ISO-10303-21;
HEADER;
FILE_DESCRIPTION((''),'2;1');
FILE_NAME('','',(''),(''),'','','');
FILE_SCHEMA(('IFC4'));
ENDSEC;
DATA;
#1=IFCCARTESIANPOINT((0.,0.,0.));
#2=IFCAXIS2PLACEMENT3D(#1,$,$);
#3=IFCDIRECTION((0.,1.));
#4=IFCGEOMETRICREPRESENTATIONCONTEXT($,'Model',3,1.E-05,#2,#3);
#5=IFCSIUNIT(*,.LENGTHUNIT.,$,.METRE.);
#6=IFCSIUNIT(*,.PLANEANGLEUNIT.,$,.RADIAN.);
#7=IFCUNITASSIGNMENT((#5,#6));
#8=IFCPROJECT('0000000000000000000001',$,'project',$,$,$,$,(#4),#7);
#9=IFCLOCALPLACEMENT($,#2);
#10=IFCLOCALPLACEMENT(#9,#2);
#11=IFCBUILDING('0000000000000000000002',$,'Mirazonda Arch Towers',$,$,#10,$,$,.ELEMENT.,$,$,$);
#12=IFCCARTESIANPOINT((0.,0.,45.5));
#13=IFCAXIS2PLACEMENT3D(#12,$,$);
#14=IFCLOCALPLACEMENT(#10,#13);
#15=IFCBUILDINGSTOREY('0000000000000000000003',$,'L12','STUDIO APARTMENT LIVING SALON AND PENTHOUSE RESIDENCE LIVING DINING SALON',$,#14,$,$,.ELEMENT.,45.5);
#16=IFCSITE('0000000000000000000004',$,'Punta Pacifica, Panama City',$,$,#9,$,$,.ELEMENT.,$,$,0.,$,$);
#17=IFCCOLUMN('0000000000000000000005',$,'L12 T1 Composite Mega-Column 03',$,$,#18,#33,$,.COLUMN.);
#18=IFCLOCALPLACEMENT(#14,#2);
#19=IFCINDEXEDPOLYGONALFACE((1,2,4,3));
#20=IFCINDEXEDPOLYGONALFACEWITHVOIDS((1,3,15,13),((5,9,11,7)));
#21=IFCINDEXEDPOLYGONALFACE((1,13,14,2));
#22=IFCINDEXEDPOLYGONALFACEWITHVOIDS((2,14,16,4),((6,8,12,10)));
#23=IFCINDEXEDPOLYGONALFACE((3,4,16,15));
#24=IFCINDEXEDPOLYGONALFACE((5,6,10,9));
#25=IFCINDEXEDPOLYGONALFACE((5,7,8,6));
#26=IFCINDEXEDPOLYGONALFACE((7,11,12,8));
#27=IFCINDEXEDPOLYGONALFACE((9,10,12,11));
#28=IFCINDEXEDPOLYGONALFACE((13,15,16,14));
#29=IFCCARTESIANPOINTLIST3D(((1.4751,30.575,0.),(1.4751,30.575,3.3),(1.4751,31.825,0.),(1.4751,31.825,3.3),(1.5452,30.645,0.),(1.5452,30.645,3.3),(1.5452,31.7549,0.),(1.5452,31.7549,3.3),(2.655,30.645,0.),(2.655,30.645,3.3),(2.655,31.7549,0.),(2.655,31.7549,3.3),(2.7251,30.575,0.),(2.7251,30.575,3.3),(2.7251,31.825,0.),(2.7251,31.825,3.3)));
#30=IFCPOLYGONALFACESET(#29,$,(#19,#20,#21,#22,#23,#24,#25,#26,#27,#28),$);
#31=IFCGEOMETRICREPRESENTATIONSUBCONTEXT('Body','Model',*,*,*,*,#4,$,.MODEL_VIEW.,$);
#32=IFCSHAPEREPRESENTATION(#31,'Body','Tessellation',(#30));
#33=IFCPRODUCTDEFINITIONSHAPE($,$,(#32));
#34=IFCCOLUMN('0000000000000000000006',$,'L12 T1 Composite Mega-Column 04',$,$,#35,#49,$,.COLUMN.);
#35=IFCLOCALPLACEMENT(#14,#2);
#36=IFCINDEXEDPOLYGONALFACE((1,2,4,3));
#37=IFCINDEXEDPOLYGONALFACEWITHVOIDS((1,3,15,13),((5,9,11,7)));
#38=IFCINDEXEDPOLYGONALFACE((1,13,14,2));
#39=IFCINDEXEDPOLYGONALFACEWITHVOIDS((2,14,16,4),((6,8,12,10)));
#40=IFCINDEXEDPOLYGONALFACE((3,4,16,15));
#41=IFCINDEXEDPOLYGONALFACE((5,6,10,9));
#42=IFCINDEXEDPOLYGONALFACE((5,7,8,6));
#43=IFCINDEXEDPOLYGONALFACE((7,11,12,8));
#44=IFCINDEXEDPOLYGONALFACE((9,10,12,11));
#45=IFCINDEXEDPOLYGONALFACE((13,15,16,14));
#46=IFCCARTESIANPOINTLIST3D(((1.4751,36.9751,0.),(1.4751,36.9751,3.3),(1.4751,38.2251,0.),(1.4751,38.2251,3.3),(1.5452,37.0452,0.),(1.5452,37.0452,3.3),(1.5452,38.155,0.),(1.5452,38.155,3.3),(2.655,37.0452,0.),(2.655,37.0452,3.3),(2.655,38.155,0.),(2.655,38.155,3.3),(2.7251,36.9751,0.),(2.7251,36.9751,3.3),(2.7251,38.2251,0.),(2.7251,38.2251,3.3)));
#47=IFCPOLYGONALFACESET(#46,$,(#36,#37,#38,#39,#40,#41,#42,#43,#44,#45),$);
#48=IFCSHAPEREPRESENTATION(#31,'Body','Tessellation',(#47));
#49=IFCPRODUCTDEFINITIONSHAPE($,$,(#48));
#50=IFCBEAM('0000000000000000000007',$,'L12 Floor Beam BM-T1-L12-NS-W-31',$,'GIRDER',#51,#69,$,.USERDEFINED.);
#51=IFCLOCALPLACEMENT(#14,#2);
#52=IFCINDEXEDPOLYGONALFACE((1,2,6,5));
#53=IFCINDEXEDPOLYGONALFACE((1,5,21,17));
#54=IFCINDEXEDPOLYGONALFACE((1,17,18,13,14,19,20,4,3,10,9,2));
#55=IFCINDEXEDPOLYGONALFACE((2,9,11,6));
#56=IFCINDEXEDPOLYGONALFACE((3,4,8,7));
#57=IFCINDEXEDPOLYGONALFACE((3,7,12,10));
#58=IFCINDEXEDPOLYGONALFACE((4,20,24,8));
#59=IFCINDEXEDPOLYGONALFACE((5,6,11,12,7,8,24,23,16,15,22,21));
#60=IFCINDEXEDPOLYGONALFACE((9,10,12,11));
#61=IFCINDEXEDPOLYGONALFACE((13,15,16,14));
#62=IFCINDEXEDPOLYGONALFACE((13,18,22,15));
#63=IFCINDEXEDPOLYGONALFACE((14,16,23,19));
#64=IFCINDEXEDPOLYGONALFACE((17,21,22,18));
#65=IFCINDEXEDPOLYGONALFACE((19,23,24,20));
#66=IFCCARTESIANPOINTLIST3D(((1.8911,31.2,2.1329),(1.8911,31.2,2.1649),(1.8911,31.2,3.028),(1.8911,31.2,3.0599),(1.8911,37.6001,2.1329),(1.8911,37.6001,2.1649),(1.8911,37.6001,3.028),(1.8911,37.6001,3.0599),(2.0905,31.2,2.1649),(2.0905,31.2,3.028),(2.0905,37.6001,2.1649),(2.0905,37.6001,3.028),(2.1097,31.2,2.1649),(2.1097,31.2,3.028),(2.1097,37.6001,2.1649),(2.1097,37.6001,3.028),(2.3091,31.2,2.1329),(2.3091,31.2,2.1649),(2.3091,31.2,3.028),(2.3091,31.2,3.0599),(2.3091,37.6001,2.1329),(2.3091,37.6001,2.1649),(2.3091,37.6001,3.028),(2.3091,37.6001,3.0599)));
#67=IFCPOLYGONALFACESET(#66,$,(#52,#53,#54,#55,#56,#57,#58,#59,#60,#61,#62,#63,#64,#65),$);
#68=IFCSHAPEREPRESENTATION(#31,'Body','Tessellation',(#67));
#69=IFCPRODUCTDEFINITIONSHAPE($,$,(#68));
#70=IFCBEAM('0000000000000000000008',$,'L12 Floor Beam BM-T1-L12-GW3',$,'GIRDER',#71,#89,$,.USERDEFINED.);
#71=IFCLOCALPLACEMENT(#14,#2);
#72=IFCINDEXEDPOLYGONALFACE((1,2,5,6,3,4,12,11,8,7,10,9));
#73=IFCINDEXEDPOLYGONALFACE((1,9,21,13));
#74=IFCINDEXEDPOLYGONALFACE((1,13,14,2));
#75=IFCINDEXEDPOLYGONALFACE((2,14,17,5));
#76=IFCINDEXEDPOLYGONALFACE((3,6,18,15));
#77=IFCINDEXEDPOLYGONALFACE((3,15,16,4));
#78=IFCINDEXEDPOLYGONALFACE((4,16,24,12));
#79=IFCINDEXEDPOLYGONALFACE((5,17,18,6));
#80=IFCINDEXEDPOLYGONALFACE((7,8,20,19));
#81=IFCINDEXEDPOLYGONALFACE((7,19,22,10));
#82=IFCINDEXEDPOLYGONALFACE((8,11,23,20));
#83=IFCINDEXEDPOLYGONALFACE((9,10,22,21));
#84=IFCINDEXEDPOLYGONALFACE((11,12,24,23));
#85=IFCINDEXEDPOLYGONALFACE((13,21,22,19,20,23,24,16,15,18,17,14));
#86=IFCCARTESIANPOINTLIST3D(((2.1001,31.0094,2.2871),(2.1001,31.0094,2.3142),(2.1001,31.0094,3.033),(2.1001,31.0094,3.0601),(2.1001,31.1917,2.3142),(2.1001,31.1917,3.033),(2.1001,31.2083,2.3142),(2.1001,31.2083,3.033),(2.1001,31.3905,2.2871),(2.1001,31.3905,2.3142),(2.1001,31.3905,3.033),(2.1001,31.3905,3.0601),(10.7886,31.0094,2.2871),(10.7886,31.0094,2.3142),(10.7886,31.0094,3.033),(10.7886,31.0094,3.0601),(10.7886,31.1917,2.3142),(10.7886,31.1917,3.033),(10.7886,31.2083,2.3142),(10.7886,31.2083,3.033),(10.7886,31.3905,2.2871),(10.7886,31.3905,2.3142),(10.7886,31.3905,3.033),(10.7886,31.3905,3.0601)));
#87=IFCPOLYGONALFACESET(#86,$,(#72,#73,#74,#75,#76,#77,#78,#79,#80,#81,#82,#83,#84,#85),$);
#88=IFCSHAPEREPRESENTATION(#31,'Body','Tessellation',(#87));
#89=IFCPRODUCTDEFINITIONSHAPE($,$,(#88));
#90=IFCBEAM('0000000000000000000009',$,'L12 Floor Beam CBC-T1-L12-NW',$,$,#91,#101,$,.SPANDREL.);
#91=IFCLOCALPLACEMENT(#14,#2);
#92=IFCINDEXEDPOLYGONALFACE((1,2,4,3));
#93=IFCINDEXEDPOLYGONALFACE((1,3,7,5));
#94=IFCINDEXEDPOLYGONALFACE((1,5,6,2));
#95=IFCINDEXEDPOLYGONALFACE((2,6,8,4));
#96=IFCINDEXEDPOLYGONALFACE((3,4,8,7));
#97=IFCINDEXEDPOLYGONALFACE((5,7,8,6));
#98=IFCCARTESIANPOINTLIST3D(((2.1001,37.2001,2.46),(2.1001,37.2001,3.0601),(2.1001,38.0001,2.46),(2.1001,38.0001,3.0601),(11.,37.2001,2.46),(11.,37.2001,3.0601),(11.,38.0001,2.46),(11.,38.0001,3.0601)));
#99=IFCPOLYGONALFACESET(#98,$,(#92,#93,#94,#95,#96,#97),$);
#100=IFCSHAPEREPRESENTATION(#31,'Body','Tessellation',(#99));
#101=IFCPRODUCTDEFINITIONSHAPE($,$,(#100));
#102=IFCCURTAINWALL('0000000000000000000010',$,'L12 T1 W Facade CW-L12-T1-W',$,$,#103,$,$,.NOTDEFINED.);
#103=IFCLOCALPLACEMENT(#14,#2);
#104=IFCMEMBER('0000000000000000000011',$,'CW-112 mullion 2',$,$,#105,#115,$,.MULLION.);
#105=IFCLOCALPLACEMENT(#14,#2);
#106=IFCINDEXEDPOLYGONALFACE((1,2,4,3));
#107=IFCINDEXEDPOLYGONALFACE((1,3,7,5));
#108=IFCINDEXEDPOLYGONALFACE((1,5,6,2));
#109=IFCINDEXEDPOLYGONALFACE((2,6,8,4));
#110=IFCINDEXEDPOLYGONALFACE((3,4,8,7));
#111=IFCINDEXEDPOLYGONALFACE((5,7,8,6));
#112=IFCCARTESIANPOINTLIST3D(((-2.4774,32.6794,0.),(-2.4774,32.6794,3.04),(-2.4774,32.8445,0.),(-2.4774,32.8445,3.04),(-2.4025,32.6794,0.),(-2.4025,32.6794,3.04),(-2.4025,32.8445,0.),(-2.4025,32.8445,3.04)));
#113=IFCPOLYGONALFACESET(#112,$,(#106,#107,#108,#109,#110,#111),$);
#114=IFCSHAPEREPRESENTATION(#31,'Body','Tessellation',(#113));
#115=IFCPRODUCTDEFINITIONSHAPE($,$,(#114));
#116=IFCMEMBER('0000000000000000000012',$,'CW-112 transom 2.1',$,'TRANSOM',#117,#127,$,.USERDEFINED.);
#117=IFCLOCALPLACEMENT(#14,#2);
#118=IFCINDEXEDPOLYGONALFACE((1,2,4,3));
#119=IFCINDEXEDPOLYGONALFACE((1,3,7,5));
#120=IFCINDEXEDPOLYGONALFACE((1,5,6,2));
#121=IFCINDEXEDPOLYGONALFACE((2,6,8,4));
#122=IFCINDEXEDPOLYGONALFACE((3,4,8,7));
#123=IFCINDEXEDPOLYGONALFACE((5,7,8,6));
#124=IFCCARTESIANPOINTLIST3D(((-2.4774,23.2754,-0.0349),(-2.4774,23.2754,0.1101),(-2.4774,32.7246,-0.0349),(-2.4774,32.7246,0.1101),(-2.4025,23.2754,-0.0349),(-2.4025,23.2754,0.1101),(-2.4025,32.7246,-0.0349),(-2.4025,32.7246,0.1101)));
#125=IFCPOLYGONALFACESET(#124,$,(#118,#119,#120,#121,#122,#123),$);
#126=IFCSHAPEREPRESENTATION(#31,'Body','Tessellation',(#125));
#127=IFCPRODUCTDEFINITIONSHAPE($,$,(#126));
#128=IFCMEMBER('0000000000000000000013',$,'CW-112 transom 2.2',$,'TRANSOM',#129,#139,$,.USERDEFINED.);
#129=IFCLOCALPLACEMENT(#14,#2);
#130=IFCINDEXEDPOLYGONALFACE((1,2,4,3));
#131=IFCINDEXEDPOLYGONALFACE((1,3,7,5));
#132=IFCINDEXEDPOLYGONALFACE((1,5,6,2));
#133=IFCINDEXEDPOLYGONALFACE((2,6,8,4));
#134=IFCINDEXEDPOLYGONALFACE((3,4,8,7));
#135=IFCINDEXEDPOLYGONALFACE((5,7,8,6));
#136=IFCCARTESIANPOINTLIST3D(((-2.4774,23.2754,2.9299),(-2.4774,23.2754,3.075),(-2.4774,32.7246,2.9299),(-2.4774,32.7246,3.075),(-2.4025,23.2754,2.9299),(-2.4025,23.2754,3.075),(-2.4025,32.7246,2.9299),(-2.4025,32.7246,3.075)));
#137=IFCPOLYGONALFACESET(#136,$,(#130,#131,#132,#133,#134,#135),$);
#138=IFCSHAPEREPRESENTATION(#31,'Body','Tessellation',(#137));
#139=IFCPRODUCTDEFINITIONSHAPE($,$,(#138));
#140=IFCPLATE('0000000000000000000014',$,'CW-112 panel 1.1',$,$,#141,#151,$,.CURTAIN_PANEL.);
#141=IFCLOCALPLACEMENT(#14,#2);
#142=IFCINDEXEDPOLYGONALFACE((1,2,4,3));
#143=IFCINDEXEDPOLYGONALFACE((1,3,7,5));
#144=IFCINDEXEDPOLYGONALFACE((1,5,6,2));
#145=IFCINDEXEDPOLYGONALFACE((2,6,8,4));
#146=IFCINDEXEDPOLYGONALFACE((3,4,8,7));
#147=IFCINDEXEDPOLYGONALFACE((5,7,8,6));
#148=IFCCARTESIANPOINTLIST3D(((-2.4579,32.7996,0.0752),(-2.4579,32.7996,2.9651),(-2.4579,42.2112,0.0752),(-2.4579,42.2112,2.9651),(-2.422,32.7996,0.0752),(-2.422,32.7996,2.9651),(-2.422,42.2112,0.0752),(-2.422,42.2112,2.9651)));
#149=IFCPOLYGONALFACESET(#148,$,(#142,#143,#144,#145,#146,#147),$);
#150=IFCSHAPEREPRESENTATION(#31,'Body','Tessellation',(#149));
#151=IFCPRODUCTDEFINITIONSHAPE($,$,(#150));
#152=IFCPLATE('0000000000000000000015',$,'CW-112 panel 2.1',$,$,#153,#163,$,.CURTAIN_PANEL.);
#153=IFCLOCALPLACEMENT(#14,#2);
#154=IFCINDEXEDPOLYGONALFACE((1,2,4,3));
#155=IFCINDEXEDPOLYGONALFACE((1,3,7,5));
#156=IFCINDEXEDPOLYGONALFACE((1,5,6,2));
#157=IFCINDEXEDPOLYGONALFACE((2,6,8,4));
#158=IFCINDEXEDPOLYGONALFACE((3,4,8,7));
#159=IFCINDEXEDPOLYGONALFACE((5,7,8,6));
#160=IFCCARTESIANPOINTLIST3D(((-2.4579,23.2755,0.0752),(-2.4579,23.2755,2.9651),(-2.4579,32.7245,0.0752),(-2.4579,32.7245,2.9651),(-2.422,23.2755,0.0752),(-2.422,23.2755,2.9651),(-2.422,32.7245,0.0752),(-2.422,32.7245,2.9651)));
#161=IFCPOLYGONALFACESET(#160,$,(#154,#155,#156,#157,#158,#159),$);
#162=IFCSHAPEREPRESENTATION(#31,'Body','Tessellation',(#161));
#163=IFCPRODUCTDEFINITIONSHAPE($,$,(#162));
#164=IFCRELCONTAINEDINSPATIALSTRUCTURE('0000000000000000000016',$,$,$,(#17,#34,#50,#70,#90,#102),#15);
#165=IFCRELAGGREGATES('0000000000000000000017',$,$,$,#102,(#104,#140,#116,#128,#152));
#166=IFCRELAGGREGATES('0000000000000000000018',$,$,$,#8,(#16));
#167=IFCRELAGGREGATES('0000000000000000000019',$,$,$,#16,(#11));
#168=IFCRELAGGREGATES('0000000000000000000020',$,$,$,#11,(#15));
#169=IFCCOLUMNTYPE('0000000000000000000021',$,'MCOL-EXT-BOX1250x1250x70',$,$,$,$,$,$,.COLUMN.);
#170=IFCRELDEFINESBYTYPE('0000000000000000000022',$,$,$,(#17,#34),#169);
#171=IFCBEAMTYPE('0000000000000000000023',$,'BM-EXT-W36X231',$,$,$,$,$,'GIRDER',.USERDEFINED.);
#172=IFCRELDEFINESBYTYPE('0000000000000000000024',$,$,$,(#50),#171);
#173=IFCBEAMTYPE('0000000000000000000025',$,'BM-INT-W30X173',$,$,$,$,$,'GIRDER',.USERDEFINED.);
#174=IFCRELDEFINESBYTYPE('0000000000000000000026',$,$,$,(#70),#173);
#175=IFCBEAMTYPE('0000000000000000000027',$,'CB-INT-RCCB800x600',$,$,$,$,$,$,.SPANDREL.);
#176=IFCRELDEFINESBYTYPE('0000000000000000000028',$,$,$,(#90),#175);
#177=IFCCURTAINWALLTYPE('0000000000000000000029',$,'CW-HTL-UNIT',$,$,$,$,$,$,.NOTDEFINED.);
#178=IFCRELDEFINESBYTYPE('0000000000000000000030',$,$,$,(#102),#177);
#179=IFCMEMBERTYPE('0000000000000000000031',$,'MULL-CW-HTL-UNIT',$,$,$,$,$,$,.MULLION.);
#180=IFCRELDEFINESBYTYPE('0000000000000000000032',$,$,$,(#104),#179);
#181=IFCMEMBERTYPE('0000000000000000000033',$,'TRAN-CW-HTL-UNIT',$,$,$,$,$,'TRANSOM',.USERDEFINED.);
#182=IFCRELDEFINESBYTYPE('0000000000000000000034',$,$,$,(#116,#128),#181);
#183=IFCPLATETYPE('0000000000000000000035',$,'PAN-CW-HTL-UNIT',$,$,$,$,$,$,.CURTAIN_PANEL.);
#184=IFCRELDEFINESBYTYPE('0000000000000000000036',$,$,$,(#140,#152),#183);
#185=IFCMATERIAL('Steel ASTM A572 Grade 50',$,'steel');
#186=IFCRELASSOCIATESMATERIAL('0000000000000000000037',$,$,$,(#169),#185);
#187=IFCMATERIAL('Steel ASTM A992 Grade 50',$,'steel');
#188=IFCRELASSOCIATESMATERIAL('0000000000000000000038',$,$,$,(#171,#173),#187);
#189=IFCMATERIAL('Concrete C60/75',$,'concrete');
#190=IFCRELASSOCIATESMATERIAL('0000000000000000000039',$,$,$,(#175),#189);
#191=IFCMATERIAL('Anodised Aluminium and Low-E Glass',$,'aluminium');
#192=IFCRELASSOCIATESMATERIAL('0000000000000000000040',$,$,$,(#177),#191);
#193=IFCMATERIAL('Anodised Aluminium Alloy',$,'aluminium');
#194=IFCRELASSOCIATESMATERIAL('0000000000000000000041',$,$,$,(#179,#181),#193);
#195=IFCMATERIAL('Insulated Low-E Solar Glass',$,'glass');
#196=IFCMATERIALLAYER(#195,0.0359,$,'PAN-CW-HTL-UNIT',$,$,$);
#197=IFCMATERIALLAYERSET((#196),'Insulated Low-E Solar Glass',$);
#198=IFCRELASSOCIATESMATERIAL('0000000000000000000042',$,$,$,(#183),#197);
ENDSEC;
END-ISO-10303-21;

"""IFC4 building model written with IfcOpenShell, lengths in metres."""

from ifc_helpers import new_model, si_unit, direction, frame, origin, origin_2d, place, context, subcontext, project, spatial, rectangle, hollow_rectangle, i_section, extrude, material, layer, layer_set, material_profile, profile_set, type_object, element, aggregate, save


model = new_model("IFC4")

# Units and contexts
model_context = context("Model", 3, precision=1e-05, world=origin(), true_north=direction((0.0, 1.0)))
body_context = subcontext(model_context, "Body", "Model", "MODEL_VIEW")
ifc_project = project(units=[si_unit("LENGTHUNIT", "METRE"), si_unit("PLANEANGLEUNIT", "RADIAN")], contexts=[model_context])

# Site, building, storey
site_placement = place(None, origin())
site = spatial("IfcSite", under=ifc_project, at=site_placement, Name="Punta Pacifica, Panama City", CompositionType="ELEMENT", RefElevation=0.0)
building_placement = place(site_placement, origin())
building = spatial("IfcBuilding", under=site, at=building_placement, Name="Mirazonda Arch Towers", CompositionType="ELEMENT")
storey_placement = place(building_placement, frame((0.0, 0.0, 45.5)))
storey = spatial("IfcBuildingStorey", under=building, at=storey_placement, Name="L12", Description="STUDIO APARTMENT LIVING SALON AND PENTHOUSE RESIDENCE LIVING DINING SALON", CompositionType="ELEMENT", Elevation=45.5)

# Columns
ifc_material_1 = material(Name="Steel ASTM A572 Grade 50", Category="steel")
ifc_material_profile_1 = material_profile(ifc_material_1, hollow_rectangle(XDim=1.25, YDim=1.25, WallThickness=0.0701, at=origin_2d()), Name="BOX1250x1250x70")
ifc_profile_set_1 = profile_set([ifc_material_profile_1], Name="Steel ASTM A572 Grade 50")
column_type = type_object("IfcColumnType", Name="MCOL-EXT-BOX1250x1250x70", PredefinedType="COLUMN", material=ifc_profile_set_1)
for number, where, z_axis, x_axis, name in (
    (1, (2.1001, 31.2, 0.0), (0.0, 0.0, 1.0), (1.0, 0.0, 0.0), "L12 T1 Composite Mega-Column 03"),
    (2, (2.1001, 37.6001, 0.0), (0.0, 0.0, 1.0), (1.0, 0.0, 0.0), "L12 T1 Composite Mega-Column 04"),
):
    element("IfcColumn", number, at=place(storey_placement, frame(where, z_axis=z_axis, x_axis=x_axis)), inside=storey, type_object=column_type, Name=name, PredefinedType="COLUMN", context=body_context, shape_type="SweptSolid", body=[
        extrude(hollow_rectangle(XDim=1.25, YDim=1.25, WallThickness=0.0701, at=origin_2d()), origin(), (0.0, 0.0, 1.0), 3.3),
    ])

# Beams
ifc_material_2 = material(Name="Steel ASTM A992 Grade 50", Category="steel")
ifc_material_profile_2 = material_profile(ifc_material_2, i_section(OverallWidth=0.418, OverallDepth=0.927, WebThickness=0.0193, FlangeThickness=0.032, at=origin_2d()), Name="W36X231")
ifc_profile_set_2 = profile_set([ifc_material_profile_2], Name="Steel ASTM A992 Grade 50")
beam_type_1 = type_object("IfcBeamType", Name="BM-EXT-W36X231", ElementType="GIRDER", PredefinedType="USERDEFINED", material=ifc_profile_set_2)
beam_1_placement = place(storey_placement, frame((2.1001, 31.2, 2.5964), z_axis=(0.0, 1.0, 0.0), x_axis=(-1.0, 0.0, 0.0)))
element("IfcBeam", 3, at=beam_1_placement, inside=storey, type_object=beam_type_1, Name="L12 Floor Beam BM-T1-L12-NS-W-31", ObjectType="GIRDER", PredefinedType="USERDEFINED", context=body_context, shape_type="SweptSolid", body=[
    extrude(i_section(OverallWidth=0.418, OverallDepth=0.927, WebThickness=0.0193, FlangeThickness=0.032, at=origin_2d()), origin(), (0.0, 0.0, 1.0), 6.4001),
])
ifc_material_profile_3 = material_profile(ifc_material_2, i_section(OverallWidth=0.3811, OverallDepth=0.7729, WebThickness=0.0166, FlangeThickness=0.0271, at=origin_2d()), Name="W30X173")
ifc_profile_set_3 = profile_set([ifc_material_profile_3], Name="Steel ASTM A992 Grade 50")
beam_type_2 = type_object("IfcBeamType", Name="BM-INT-W30X173", ElementType="GIRDER", PredefinedType="USERDEFINED", material=ifc_profile_set_3)
beam_2_placement = place(storey_placement, frame((2.1001, 31.2, 2.6736), z_axis=(1.0, 0.0, 0.0), x_axis=(0.0, 1.0, 0.0)))
element("IfcBeam", 4, at=beam_2_placement, inside=storey, type_object=beam_type_2, Name="L12 Floor Beam BM-T1-L12-GW3", ObjectType="GIRDER", PredefinedType="USERDEFINED", context=body_context, shape_type="SweptSolid", body=[
    extrude(i_section(OverallWidth=0.3811, OverallDepth=0.7729, WebThickness=0.0166, FlangeThickness=0.0271, at=origin_2d()), origin(), (0.0, 0.0, 1.0), 8.6885),
])
ifc_material_3 = material(Name="Concrete C60/75", Category="concrete")
ifc_material_profile_4 = material_profile(ifc_material_3, rectangle(XDim=0.8, YDim=0.6001, at=origin_2d()), Name="RCCB800x600")
ifc_profile_set_4 = profile_set([ifc_material_profile_4], Name="Concrete C60/75")
beam_type_3 = type_object("IfcBeamType", Name="CB-INT-RCCB800x600", PredefinedType="SPANDREL", material=ifc_profile_set_4)
beam_3_placement = place(storey_placement, frame((2.1001, 37.6001, 2.76), z_axis=(1.0, 0.0, 0.0), x_axis=(0.0, 1.0, 0.0)))
element("IfcBeam", 5, at=beam_3_placement, inside=storey, type_object=beam_type_3, Name="L12 Floor Beam CBC-T1-L12-NW", PredefinedType="SPANDREL", context=body_context, shape_type="SweptSolid", body=[
    extrude(rectangle(XDim=0.8, YDim=0.6001, at=origin_2d()), origin(), (0.0, 0.0, 1.0), 8.8999),
])

# Curtain wall, members, plates
ifc_material_4 = material(Name="Anodised Aluminium and Low-E Glass", Category="aluminium")
curtain_wall_type = type_object("IfcCurtainWallType", Name="CW-HTL-UNIT", PredefinedType="NOTDEFINED", material=ifc_material_4)
curtain_wall_placement = place(storey_placement, origin())
curtain_wall = element("IfcCurtainWall", 6, at=curtain_wall_placement, inside=storey, type_object=curtain_wall_type, Name="L12 T1 W Facade CW-L12-T1-W", PredefinedType="NOTDEFINED")
ifc_material_5 = material(Name="Anodised Aluminium Alloy", Category="aluminium")
ifc_material_profile_5 = material_profile(ifc_material_5, rectangle(XDim=0.075, YDim=0.165, at=origin_2d()), Name="ALU-MULL-75x165")
ifc_profile_set_5 = profile_set([ifc_material_profile_5], Name="Anodised Aluminium Alloy")
member_type_1 = type_object("IfcMemberType", Name="MULL-CW-HTL-UNIT", PredefinedType="MULLION", material=ifc_profile_set_5)
member_1_placement = place(storey_placement, frame((-2.4399, 32.762, 0.0), z_axis=(0.0, 0.0, 1.0), x_axis=(1.0, 0.0, 0.0)))
member_1 = element("IfcMember", 7, at=member_1_placement, type_object=member_type_1, Name="CW-112 mullion 2", PredefinedType="MULLION", context=body_context, shape_type="SweptSolid", body=[
    extrude(rectangle(XDim=0.075, YDim=0.165, at=origin_2d()), origin(), (0.0, 0.0, 1.0), 3.04),
])
ifc_material_profile_6 = material_profile(ifc_material_5, rectangle(XDim=0.075, YDim=0.145, at=origin_2d()), Name="ALU-TRAN-75x145")
ifc_profile_set_6 = profile_set([ifc_material_profile_6], Name="Anodised Aluminium Alloy")
member_type_2 = type_object("IfcMemberType", Name="TRAN-CW-HTL-UNIT", ElementType="TRANSOM", PredefinedType="USERDEFINED", material=ifc_profile_set_6)
member_2_placement = place(storey_placement, frame((-2.4399, 32.7246, 0.0376), z_axis=(0.0, -1.0, 0.0), x_axis=(1.0, 0.0, 0.0)))
member_2 = element("IfcMember", 8, at=member_2_placement, type_object=member_type_2, Name="CW-112 transom 2.1", ObjectType="TRANSOM", PredefinedType="USERDEFINED", context=body_context, shape_type="SweptSolid", body=[
    extrude(rectangle(XDim=0.075, YDim=0.145, at=origin_2d()), origin(), (0.0, 0.0, 1.0), 9.4492),
])
member_3_placement = place(storey_placement, frame((-2.4399, 32.7246, 3.0024), z_axis=(0.0, -1.0, 0.0), x_axis=(1.0, 0.0, 0.0)))
member_3 = element("IfcMember", 9, at=member_3_placement, type_object=member_type_2, Name="CW-112 transom 2.2", ObjectType="TRANSOM", PredefinedType="USERDEFINED", context=body_context, shape_type="SweptSolid", body=[
    extrude(rectangle(XDim=0.075, YDim=0.145, at=origin_2d()), origin(), (0.0, 0.0, 1.0), 9.4492),
])
ifc_material_6 = material(Name="Insulated Low-E Solar Glass", Category="glass")
ifc_layer_1 = layer(ifc_material_6, 0.0359, Name="PAN-CW-HTL-UNIT")
ifc_layer_set_1 = layer_set([ifc_layer_1], Name="Insulated Low-E Solar Glass")
plate_type = type_object("IfcPlateType", Name="PAN-CW-HTL-UNIT", PredefinedType="CURTAIN_PANEL", material=ifc_layer_set_1)
plate_1_placement = place(storey_placement, frame((-2.4399, 37.5054, 0.0752), z_axis=(0.0, 0.0, 1.0), x_axis=(0.0, -1.0, 0.0)))
plate_1 = element("IfcPlate", 10, at=plate_1_placement, type_object=plate_type, Name="CW-112 panel 1.1", PredefinedType="CURTAIN_PANEL", context=body_context, shape_type="SweptSolid", body=[
    extrude(rectangle(XDim=9.4116, YDim=0.0359, at=origin_2d()), origin(), (0.0, 0.0, 1.0), 2.8899),
])
plate_2_placement = place(storey_placement, frame((-2.4399, 28.0, 0.0752), z_axis=(0.0, 0.0, 1.0), x_axis=(0.0, -1.0, 0.0)))
plate_2 = element("IfcPlate", 11, at=plate_2_placement, type_object=plate_type, Name="CW-112 panel 2.1", PredefinedType="CURTAIN_PANEL", context=body_context, shape_type="SweptSolid", body=[
    extrude(rectangle(XDim=9.449, YDim=0.0359, at=origin_2d()), origin(), (0.0, 0.0, 1.0), 2.8899),
])
aggregate(curtain_wall, [member_1, plate_1, member_2, member_3, plate_2])

save(model, "model.ifc")
